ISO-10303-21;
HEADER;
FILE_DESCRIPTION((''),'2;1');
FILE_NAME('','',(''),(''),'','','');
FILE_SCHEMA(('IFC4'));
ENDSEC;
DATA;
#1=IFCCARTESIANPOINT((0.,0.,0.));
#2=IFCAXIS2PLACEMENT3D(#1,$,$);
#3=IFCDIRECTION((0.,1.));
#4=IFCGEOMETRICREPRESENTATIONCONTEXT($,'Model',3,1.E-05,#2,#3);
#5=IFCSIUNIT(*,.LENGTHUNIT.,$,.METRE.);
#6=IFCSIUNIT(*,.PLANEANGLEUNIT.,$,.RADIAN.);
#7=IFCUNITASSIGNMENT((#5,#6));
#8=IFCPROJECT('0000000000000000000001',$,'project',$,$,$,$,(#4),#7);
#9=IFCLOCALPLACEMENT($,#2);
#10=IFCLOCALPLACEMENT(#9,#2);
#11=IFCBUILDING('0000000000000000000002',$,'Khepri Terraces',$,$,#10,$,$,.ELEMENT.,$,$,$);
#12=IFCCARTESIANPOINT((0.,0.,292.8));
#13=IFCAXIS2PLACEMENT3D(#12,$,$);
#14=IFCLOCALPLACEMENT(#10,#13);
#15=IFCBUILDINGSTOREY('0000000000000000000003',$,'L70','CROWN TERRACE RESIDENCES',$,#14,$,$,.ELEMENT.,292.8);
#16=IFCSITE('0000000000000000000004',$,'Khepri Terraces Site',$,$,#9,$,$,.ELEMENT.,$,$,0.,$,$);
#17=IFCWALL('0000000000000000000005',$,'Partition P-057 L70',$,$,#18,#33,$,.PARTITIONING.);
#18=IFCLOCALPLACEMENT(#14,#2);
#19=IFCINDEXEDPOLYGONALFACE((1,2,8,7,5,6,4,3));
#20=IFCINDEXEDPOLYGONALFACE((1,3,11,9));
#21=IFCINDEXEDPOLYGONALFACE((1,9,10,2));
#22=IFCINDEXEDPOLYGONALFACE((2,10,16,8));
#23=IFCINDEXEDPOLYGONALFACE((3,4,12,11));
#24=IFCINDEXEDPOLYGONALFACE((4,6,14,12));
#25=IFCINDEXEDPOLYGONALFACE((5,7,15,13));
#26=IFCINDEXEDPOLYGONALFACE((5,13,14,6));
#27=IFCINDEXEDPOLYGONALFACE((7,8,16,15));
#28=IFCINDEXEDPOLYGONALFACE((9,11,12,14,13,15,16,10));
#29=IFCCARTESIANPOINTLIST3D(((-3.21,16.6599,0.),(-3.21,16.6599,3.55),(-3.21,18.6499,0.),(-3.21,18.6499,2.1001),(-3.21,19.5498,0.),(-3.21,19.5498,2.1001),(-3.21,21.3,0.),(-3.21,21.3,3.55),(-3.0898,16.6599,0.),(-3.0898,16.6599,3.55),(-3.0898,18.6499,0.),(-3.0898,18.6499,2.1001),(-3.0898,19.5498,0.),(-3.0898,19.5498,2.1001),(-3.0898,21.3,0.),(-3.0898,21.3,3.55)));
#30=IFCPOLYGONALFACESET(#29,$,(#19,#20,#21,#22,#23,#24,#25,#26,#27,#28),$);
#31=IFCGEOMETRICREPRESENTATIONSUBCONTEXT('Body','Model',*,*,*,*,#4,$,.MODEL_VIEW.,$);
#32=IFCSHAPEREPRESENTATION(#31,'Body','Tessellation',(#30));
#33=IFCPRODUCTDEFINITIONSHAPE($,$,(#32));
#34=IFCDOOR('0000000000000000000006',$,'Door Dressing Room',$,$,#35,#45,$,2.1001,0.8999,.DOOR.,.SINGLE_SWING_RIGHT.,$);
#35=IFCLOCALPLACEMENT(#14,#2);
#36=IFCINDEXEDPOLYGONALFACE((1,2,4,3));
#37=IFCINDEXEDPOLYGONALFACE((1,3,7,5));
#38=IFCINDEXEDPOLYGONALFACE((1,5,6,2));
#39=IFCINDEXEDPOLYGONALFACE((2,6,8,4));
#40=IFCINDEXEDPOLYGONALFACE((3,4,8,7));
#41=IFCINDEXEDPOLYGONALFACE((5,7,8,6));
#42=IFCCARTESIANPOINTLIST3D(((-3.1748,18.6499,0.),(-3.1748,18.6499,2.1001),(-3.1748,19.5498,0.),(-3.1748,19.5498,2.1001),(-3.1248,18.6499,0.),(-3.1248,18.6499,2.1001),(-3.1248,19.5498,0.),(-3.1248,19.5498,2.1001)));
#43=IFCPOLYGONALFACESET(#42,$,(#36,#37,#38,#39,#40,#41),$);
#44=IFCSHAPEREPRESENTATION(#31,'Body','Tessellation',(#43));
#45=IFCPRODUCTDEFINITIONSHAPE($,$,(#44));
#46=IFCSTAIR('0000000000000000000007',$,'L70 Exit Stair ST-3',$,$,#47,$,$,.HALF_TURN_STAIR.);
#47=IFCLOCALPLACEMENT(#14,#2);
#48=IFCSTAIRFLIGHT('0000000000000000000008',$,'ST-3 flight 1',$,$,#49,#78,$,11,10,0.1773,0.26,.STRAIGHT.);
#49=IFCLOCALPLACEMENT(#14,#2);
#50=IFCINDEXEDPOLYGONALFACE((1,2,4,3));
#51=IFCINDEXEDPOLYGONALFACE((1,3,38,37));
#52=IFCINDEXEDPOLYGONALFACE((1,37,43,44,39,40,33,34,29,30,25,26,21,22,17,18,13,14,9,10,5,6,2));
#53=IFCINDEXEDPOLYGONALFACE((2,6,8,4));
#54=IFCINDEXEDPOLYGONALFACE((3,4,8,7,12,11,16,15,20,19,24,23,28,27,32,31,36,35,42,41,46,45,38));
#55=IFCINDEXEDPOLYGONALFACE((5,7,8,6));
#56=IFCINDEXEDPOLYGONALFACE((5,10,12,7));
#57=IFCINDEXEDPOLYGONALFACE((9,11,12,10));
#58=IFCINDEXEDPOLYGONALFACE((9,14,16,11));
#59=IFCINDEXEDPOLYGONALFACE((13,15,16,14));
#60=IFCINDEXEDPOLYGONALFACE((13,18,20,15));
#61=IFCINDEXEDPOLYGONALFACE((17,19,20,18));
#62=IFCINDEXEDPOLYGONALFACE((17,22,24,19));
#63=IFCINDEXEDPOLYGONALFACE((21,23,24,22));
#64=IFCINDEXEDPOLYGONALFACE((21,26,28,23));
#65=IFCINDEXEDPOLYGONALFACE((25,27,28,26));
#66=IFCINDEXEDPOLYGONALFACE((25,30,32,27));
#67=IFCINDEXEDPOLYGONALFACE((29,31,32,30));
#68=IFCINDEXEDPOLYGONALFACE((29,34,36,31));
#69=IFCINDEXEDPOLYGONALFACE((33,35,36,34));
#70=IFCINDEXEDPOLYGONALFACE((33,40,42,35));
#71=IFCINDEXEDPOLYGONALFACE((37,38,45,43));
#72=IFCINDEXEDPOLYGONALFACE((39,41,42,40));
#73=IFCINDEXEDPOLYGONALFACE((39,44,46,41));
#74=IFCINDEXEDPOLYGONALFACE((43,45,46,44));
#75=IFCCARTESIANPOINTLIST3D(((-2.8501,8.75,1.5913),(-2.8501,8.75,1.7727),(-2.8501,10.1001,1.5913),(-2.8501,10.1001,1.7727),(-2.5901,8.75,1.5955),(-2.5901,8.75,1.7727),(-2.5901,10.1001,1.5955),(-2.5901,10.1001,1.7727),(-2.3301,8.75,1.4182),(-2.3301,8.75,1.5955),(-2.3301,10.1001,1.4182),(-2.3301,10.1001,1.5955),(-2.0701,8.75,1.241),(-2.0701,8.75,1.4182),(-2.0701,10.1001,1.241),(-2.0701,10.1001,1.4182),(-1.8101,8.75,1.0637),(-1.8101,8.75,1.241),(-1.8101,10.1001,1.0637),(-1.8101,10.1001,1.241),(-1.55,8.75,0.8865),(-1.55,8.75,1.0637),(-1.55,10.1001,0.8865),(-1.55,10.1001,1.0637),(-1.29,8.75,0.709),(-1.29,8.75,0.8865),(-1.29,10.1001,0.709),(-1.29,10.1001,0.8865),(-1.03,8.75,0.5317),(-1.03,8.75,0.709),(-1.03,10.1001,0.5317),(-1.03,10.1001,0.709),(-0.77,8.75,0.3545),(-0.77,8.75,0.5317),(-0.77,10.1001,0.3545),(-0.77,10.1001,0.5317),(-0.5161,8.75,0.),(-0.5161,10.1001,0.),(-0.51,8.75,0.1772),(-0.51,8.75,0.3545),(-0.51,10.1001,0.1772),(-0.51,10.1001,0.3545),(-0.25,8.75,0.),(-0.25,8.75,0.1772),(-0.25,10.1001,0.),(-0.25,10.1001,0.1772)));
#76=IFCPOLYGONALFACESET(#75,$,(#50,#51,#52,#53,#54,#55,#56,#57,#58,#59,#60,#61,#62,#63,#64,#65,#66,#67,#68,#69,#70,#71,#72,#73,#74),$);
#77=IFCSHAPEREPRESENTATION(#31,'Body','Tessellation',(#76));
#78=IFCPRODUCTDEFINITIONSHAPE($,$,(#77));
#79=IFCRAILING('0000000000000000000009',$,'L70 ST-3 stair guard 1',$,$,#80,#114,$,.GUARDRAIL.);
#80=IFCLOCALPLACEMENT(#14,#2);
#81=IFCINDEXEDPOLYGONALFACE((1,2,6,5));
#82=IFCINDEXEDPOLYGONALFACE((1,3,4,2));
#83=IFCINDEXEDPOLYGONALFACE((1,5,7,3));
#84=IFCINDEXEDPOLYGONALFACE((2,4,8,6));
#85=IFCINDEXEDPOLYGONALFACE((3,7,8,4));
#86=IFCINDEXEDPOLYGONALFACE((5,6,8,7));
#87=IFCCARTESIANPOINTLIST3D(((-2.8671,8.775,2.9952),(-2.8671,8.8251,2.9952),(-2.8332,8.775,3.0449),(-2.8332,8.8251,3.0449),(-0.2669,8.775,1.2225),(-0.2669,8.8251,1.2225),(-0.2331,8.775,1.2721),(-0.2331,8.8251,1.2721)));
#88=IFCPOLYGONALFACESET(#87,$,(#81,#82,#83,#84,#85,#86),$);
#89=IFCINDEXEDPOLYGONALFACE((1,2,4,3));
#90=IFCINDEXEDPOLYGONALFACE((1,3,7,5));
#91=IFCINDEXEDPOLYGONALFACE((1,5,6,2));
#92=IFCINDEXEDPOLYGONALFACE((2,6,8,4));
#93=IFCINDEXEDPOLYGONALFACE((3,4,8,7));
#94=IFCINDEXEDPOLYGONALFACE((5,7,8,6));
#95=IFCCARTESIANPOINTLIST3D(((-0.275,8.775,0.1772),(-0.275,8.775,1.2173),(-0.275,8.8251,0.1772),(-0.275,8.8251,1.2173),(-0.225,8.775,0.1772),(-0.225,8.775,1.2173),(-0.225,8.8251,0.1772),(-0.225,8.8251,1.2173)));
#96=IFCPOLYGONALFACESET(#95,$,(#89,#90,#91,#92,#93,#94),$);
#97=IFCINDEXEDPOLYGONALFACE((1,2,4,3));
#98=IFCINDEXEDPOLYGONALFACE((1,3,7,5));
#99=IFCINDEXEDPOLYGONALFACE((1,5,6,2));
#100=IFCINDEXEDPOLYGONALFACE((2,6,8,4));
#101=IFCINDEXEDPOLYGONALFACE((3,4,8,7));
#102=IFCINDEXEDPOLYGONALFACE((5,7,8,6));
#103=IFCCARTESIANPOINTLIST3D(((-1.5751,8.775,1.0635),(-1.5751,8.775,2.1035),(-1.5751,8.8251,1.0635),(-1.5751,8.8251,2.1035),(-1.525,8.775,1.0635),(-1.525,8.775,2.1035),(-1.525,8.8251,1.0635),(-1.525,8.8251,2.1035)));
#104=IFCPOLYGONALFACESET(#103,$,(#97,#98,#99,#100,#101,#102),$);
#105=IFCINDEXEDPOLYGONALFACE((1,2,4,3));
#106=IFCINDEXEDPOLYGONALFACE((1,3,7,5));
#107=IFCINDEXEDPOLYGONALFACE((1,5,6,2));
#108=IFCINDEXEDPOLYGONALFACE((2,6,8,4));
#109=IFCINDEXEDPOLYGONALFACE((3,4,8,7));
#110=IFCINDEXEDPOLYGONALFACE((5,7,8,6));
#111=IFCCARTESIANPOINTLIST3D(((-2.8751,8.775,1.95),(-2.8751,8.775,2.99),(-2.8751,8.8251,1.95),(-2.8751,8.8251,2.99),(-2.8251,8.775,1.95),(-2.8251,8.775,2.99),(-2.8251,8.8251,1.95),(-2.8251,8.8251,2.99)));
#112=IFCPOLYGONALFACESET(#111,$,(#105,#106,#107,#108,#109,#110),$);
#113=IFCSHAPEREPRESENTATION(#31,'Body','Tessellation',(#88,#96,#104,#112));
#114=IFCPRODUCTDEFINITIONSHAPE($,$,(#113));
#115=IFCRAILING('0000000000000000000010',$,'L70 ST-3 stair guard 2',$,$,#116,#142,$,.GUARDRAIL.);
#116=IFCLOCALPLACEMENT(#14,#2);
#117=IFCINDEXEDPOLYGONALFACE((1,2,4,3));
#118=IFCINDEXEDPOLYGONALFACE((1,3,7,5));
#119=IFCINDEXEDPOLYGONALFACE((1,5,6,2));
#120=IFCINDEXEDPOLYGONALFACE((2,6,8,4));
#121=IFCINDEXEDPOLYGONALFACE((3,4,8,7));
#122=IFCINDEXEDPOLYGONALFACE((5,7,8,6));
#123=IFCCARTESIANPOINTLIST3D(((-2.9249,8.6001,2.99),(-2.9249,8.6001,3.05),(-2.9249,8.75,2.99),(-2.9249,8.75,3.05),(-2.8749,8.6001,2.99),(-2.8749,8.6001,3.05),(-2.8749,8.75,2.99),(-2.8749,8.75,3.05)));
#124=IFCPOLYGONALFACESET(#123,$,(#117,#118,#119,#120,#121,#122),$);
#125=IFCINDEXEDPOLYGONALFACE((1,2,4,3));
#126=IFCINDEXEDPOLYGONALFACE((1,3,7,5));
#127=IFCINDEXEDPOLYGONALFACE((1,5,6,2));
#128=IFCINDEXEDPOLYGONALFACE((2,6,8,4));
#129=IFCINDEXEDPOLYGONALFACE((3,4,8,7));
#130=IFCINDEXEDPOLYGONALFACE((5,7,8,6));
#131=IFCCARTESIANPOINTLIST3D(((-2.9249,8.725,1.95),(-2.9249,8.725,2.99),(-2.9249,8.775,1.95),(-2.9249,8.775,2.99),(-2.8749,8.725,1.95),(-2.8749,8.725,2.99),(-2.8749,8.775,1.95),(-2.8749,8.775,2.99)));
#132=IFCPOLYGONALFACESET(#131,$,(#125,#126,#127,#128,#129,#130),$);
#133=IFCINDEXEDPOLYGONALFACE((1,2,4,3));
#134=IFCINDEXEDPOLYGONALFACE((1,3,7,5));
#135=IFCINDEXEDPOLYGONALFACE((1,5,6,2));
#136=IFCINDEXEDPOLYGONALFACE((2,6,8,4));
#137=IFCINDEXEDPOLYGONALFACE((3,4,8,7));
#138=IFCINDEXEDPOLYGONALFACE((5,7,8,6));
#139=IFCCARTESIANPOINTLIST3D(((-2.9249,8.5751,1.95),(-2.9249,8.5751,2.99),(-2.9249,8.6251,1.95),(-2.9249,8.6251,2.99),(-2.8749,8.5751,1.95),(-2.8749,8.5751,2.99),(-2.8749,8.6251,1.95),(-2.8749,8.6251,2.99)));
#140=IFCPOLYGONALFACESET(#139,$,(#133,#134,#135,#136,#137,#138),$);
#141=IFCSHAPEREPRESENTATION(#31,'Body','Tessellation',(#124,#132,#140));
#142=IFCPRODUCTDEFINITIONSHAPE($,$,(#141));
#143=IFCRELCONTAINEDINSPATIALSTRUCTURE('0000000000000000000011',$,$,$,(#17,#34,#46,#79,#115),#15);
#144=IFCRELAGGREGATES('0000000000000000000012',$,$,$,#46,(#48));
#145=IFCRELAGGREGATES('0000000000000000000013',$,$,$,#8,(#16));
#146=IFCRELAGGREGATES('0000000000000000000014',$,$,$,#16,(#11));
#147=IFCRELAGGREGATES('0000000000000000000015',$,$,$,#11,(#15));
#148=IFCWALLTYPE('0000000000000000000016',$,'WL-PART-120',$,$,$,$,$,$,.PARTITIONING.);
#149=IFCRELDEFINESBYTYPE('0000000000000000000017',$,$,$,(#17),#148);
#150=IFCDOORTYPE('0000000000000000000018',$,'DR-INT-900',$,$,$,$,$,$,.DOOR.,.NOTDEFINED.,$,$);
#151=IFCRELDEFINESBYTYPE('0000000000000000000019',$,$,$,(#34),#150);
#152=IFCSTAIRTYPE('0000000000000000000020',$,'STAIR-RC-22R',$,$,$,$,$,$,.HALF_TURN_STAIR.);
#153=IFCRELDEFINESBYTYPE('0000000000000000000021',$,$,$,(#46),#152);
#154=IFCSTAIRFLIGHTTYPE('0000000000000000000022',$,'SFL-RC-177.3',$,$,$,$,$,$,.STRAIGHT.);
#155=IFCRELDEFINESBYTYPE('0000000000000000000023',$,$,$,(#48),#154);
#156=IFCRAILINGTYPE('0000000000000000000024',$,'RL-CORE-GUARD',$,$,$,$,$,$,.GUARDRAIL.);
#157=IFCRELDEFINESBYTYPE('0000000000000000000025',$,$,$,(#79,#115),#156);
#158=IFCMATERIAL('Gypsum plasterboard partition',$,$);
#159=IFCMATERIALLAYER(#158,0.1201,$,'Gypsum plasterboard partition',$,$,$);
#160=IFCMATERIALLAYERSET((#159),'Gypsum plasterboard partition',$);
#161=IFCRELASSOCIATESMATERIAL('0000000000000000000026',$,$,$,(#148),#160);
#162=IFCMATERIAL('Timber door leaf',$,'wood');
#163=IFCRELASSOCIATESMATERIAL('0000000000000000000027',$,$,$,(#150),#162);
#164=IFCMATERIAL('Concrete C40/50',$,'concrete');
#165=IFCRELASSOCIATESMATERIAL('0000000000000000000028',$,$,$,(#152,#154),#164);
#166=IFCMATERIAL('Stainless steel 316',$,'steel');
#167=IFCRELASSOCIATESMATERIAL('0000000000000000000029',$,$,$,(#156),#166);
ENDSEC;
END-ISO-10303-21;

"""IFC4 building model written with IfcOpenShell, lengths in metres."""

from ifc_helpers import new_model, si_unit, direction, frame, frame_2d, origin, origin_2d, place, context, subcontext, project, spatial, polyline, rectangle, outline, extrude, material, layer, layer_set, type_object, element, fill, aggregate, save


model = new_model("IFC4")

# Units and contexts
model_context = context("Model", 3, precision=1e-05, world=origin(), true_north=direction((0.0, 1.0)))
body_context = subcontext(model_context, "Body", "Model", "MODEL_VIEW")
ifc_project = project(units=[si_unit("LENGTHUNIT", "METRE"), si_unit("PLANEANGLEUNIT", "RADIAN")], contexts=[model_context])

# Site, building, storey
site_placement = place(None, origin())
site = spatial("IfcSite", under=ifc_project, at=site_placement, Name="Khepri Terraces Site", CompositionType="ELEMENT", RefElevation=0.0)
building_placement = place(site_placement, origin())
building = spatial("IfcBuilding", under=site, at=building_placement, Name="Khepri Terraces", CompositionType="ELEMENT")
storey_placement = place(building_placement, frame((0.0, 0.0, 292.8)))
storey = spatial("IfcBuildingStorey", under=building, at=storey_placement, Name="L70", Description="CROWN TERRACE RESIDENCES", CompositionType="ELEMENT", Elevation=292.8)

# Shared definitions
ifc_material_1 = material(Name="Concrete C40/50", Category="concrete")
ifc_material_2 = material(Name="Gypsum plasterboard partition")
ifc_layer_1 = layer(ifc_material_2, 0.1201, Name="Gypsum plasterboard partition")
ifc_layer_set_1 = layer_set([ifc_layer_1], Name="Gypsum plasterboard partition")
wall_type_1 = type_object("IfcWallType", Name="WL-PART-120", PredefinedType="PARTITIONING", material=ifc_layer_set_1)

# Shared definitions
ifc_material_3 = material(Name="Timber door leaf", Category="wood")
door_type_1 = type_object("IfcDoorType", Name="DR-INT-900", OperationType="NOTDEFINED", PredefinedType="DOOR", material=ifc_material_3)

# Wall, opening, door
wall_1_placement = place(storey_placement, frame((-3.1499, 16.6599, 0.0), z_axis=(0.0, 0.0, 1.0), x_axis=(0.0, 1.0, 0.0)))
wall_1 = element("IfcWall", 1, at=wall_1_placement, inside=storey, type_object=wall_type_1, Name="Partition P-057 L70", PredefinedType="PARTITIONING", context=body_context, shape_type="SweptSolid", body=[
    extrude(rectangle(XDim=4.6401, YDim=0.1201, at=frame_2d((2.3201, 0.0))), origin(), (0.0, 0.0, 1.0), 3.55),
])
opening_1_placement = place(wall_1_placement, frame((1.99, 0.0, 0.0)))
opening_1 = element("IfcOpeningElement", 2, at=opening_1_placement, cuts=wall_1, PredefinedType="OPENING", context=body_context, shape_type="SweptSolid", body=[
    extrude(rectangle(XDim=0.8999, YDim=2.1001, at=frame_2d((0.45, 1.05))), frame((0.0, 0.0701, 0.0), z_axis=(0.0, -1.0, 0.0), x_axis=(1.0, 0.0, 0.0)), (0.0, 0.0, 1.0), 0.1401),
])
door_1_placement = place(opening_1_placement, origin())
door_1 = element("IfcDoor", 3, at=door_1_placement, inside=storey, type_object=door_type_1, Name="Door Dressing Room", OperationType="SINGLE_SWING_RIGHT", OverallHeight=2.1001, OverallWidth=0.8999, PredefinedType="DOOR", context=body_context, shape_type="SweptSolid", body=[
    extrude(rectangle(XDim=0.8999, YDim=2.1001, at=frame_2d((0.45, 1.05))), frame((0.0, 0.0249, 0.0), z_axis=(0.0, -1.0, 0.0), x_axis=(1.0, 0.0, 0.0)), (0.0, 0.0, 1.0), 0.05),
])
fill(opening_1, door_1)

# Stair, stair flight
stair_type = type_object("IfcStairType", Name="STAIR-RC-22R", PredefinedType="HALF_TURN_STAIR", material=ifc_material_1)
stair_placement = place(storey_placement, origin())
stair = element("IfcStair", 4, at=stair_placement, inside=storey, type_object=stair_type, Name="L70 Exit Stair ST-3", PredefinedType="HALF_TURN_STAIR")
stair_flight_type = type_object("IfcStairFlightType", Name="SFL-RC-177.3", PredefinedType="STRAIGHT", material=ifc_material_1)
stair_flight_placement = place(storey_placement, frame((-0.25, 9.425, 0.0), z_axis=(0.0, 0.0, 1.0), x_axis=(-1.0, 0.0, 0.0)))
stair_flight = element("IfcStairFlight", 5, at=stair_flight_placement, type_object=stair_flight_type, Name="ST-3 flight 1", NumberOfRisers=11, NumberOfTreads=10, PredefinedType="STRAIGHT", RiserHeight=0.1773, TreadLength=0.26, context=body_context, shape_type="SweptSolid", body=[
    extrude(outline(polyline([(0.0, 0.0), (0.0, 0.1772), (0.26, 0.1772), (0.26, 0.3545), (0.52, 0.3545), (0.52, 0.5317), (0.78, 0.5317), (0.78, 0.709), (1.04, 0.709), (1.04, 0.8865), (1.3, 0.8865), (1.3, 1.0637), (1.5601, 1.0637), (1.5601, 1.241), (1.8201, 1.241), (1.8201, 1.4182), (2.0801, 1.4182), (2.0801, 1.5955), (2.3401, 1.5955), (2.3401, 1.7727), (2.6001, 1.7727), (2.6001, 1.95), (2.6001, 1.5913), (0.2661, 0.0), (0.0, 0.0)])), frame((0.0, 0.675, 0.0), z_axis=(0.0, -1.0, 0.0), x_axis=(1.0, 0.0, 0.0)), (0.0, 0.0, 1.0), 1.3501),
])
aggregate(stair, [stair_flight])

# Railings
ifc_material_4 = material(Name="Stainless steel 316", Category="steel")
railing_type = type_object("IfcRailingType", Name="RL-CORE-GUARD", PredefinedType="GUARDRAIL", material=ifc_material_4)
railing_1_placement = place(storey_placement, frame((-0.25, 8.8, 0.1772)))
element("IfcRailing", 6, at=railing_1_placement, inside=storey, type_object=railing_type, Name="L70 ST-3 stair guard 1", PredefinedType="GUARDRAIL", context=body_context, shape_type="SweptSolid", body=[
    extrude(rectangle(XDim=0.05, YDim=0.0601, at=origin_2d()), frame((0.0, 0.0, 1.0701), z_axis=(-0.82624, 0.0, 0.563318), x_axis=(0.0, -1.0, 0.0)), (0.0, 0.0, 1.0), 3.147),
    extrude(rectangle(XDim=0.05, YDim=0.05, at=origin_2d()), origin(), (0.0, 0.0, 1.0), 1.04),
    extrude(rectangle(XDim=0.05, YDim=0.05, at=origin_2d()), frame((-1.3, 0.0, 0.8862)), (0.0, 0.0, 1.0), 1.04),
    extrude(rectangle(XDim=0.05, YDim=0.05, at=origin_2d()), frame((-2.6001, 0.0, 1.7727)), (0.0, 0.0, 1.0), 1.04),
])
railing_2_placement = place(storey_placement, frame((-2.8999, 8.75, 1.95)))
element("IfcRailing", 7, at=railing_2_placement, inside=storey, type_object=railing_type, Name="L70 ST-3 stair guard 2", PredefinedType="GUARDRAIL", context=body_context, shape_type="SweptSolid", body=[
    extrude(rectangle(XDim=0.05, YDim=0.0601, at=origin_2d()), frame((0.0, 0.0, 1.0701), z_axis=(0.0, -1.0, 0.0), x_axis=(1.0, 0.0, 0.0)), (0.0, 0.0, 1.0), 0.1499),
    extrude(rectangle(XDim=0.05, YDim=0.05, at=origin_2d()), origin(), (0.0, 0.0, 1.0), 1.04),
    extrude(rectangle(XDim=0.05, YDim=0.05, at=origin_2d()), frame((0.0, -0.1499, 0.0)), (0.0, 0.0, 1.0), 1.04),
])

save(model, "model.ifc")
